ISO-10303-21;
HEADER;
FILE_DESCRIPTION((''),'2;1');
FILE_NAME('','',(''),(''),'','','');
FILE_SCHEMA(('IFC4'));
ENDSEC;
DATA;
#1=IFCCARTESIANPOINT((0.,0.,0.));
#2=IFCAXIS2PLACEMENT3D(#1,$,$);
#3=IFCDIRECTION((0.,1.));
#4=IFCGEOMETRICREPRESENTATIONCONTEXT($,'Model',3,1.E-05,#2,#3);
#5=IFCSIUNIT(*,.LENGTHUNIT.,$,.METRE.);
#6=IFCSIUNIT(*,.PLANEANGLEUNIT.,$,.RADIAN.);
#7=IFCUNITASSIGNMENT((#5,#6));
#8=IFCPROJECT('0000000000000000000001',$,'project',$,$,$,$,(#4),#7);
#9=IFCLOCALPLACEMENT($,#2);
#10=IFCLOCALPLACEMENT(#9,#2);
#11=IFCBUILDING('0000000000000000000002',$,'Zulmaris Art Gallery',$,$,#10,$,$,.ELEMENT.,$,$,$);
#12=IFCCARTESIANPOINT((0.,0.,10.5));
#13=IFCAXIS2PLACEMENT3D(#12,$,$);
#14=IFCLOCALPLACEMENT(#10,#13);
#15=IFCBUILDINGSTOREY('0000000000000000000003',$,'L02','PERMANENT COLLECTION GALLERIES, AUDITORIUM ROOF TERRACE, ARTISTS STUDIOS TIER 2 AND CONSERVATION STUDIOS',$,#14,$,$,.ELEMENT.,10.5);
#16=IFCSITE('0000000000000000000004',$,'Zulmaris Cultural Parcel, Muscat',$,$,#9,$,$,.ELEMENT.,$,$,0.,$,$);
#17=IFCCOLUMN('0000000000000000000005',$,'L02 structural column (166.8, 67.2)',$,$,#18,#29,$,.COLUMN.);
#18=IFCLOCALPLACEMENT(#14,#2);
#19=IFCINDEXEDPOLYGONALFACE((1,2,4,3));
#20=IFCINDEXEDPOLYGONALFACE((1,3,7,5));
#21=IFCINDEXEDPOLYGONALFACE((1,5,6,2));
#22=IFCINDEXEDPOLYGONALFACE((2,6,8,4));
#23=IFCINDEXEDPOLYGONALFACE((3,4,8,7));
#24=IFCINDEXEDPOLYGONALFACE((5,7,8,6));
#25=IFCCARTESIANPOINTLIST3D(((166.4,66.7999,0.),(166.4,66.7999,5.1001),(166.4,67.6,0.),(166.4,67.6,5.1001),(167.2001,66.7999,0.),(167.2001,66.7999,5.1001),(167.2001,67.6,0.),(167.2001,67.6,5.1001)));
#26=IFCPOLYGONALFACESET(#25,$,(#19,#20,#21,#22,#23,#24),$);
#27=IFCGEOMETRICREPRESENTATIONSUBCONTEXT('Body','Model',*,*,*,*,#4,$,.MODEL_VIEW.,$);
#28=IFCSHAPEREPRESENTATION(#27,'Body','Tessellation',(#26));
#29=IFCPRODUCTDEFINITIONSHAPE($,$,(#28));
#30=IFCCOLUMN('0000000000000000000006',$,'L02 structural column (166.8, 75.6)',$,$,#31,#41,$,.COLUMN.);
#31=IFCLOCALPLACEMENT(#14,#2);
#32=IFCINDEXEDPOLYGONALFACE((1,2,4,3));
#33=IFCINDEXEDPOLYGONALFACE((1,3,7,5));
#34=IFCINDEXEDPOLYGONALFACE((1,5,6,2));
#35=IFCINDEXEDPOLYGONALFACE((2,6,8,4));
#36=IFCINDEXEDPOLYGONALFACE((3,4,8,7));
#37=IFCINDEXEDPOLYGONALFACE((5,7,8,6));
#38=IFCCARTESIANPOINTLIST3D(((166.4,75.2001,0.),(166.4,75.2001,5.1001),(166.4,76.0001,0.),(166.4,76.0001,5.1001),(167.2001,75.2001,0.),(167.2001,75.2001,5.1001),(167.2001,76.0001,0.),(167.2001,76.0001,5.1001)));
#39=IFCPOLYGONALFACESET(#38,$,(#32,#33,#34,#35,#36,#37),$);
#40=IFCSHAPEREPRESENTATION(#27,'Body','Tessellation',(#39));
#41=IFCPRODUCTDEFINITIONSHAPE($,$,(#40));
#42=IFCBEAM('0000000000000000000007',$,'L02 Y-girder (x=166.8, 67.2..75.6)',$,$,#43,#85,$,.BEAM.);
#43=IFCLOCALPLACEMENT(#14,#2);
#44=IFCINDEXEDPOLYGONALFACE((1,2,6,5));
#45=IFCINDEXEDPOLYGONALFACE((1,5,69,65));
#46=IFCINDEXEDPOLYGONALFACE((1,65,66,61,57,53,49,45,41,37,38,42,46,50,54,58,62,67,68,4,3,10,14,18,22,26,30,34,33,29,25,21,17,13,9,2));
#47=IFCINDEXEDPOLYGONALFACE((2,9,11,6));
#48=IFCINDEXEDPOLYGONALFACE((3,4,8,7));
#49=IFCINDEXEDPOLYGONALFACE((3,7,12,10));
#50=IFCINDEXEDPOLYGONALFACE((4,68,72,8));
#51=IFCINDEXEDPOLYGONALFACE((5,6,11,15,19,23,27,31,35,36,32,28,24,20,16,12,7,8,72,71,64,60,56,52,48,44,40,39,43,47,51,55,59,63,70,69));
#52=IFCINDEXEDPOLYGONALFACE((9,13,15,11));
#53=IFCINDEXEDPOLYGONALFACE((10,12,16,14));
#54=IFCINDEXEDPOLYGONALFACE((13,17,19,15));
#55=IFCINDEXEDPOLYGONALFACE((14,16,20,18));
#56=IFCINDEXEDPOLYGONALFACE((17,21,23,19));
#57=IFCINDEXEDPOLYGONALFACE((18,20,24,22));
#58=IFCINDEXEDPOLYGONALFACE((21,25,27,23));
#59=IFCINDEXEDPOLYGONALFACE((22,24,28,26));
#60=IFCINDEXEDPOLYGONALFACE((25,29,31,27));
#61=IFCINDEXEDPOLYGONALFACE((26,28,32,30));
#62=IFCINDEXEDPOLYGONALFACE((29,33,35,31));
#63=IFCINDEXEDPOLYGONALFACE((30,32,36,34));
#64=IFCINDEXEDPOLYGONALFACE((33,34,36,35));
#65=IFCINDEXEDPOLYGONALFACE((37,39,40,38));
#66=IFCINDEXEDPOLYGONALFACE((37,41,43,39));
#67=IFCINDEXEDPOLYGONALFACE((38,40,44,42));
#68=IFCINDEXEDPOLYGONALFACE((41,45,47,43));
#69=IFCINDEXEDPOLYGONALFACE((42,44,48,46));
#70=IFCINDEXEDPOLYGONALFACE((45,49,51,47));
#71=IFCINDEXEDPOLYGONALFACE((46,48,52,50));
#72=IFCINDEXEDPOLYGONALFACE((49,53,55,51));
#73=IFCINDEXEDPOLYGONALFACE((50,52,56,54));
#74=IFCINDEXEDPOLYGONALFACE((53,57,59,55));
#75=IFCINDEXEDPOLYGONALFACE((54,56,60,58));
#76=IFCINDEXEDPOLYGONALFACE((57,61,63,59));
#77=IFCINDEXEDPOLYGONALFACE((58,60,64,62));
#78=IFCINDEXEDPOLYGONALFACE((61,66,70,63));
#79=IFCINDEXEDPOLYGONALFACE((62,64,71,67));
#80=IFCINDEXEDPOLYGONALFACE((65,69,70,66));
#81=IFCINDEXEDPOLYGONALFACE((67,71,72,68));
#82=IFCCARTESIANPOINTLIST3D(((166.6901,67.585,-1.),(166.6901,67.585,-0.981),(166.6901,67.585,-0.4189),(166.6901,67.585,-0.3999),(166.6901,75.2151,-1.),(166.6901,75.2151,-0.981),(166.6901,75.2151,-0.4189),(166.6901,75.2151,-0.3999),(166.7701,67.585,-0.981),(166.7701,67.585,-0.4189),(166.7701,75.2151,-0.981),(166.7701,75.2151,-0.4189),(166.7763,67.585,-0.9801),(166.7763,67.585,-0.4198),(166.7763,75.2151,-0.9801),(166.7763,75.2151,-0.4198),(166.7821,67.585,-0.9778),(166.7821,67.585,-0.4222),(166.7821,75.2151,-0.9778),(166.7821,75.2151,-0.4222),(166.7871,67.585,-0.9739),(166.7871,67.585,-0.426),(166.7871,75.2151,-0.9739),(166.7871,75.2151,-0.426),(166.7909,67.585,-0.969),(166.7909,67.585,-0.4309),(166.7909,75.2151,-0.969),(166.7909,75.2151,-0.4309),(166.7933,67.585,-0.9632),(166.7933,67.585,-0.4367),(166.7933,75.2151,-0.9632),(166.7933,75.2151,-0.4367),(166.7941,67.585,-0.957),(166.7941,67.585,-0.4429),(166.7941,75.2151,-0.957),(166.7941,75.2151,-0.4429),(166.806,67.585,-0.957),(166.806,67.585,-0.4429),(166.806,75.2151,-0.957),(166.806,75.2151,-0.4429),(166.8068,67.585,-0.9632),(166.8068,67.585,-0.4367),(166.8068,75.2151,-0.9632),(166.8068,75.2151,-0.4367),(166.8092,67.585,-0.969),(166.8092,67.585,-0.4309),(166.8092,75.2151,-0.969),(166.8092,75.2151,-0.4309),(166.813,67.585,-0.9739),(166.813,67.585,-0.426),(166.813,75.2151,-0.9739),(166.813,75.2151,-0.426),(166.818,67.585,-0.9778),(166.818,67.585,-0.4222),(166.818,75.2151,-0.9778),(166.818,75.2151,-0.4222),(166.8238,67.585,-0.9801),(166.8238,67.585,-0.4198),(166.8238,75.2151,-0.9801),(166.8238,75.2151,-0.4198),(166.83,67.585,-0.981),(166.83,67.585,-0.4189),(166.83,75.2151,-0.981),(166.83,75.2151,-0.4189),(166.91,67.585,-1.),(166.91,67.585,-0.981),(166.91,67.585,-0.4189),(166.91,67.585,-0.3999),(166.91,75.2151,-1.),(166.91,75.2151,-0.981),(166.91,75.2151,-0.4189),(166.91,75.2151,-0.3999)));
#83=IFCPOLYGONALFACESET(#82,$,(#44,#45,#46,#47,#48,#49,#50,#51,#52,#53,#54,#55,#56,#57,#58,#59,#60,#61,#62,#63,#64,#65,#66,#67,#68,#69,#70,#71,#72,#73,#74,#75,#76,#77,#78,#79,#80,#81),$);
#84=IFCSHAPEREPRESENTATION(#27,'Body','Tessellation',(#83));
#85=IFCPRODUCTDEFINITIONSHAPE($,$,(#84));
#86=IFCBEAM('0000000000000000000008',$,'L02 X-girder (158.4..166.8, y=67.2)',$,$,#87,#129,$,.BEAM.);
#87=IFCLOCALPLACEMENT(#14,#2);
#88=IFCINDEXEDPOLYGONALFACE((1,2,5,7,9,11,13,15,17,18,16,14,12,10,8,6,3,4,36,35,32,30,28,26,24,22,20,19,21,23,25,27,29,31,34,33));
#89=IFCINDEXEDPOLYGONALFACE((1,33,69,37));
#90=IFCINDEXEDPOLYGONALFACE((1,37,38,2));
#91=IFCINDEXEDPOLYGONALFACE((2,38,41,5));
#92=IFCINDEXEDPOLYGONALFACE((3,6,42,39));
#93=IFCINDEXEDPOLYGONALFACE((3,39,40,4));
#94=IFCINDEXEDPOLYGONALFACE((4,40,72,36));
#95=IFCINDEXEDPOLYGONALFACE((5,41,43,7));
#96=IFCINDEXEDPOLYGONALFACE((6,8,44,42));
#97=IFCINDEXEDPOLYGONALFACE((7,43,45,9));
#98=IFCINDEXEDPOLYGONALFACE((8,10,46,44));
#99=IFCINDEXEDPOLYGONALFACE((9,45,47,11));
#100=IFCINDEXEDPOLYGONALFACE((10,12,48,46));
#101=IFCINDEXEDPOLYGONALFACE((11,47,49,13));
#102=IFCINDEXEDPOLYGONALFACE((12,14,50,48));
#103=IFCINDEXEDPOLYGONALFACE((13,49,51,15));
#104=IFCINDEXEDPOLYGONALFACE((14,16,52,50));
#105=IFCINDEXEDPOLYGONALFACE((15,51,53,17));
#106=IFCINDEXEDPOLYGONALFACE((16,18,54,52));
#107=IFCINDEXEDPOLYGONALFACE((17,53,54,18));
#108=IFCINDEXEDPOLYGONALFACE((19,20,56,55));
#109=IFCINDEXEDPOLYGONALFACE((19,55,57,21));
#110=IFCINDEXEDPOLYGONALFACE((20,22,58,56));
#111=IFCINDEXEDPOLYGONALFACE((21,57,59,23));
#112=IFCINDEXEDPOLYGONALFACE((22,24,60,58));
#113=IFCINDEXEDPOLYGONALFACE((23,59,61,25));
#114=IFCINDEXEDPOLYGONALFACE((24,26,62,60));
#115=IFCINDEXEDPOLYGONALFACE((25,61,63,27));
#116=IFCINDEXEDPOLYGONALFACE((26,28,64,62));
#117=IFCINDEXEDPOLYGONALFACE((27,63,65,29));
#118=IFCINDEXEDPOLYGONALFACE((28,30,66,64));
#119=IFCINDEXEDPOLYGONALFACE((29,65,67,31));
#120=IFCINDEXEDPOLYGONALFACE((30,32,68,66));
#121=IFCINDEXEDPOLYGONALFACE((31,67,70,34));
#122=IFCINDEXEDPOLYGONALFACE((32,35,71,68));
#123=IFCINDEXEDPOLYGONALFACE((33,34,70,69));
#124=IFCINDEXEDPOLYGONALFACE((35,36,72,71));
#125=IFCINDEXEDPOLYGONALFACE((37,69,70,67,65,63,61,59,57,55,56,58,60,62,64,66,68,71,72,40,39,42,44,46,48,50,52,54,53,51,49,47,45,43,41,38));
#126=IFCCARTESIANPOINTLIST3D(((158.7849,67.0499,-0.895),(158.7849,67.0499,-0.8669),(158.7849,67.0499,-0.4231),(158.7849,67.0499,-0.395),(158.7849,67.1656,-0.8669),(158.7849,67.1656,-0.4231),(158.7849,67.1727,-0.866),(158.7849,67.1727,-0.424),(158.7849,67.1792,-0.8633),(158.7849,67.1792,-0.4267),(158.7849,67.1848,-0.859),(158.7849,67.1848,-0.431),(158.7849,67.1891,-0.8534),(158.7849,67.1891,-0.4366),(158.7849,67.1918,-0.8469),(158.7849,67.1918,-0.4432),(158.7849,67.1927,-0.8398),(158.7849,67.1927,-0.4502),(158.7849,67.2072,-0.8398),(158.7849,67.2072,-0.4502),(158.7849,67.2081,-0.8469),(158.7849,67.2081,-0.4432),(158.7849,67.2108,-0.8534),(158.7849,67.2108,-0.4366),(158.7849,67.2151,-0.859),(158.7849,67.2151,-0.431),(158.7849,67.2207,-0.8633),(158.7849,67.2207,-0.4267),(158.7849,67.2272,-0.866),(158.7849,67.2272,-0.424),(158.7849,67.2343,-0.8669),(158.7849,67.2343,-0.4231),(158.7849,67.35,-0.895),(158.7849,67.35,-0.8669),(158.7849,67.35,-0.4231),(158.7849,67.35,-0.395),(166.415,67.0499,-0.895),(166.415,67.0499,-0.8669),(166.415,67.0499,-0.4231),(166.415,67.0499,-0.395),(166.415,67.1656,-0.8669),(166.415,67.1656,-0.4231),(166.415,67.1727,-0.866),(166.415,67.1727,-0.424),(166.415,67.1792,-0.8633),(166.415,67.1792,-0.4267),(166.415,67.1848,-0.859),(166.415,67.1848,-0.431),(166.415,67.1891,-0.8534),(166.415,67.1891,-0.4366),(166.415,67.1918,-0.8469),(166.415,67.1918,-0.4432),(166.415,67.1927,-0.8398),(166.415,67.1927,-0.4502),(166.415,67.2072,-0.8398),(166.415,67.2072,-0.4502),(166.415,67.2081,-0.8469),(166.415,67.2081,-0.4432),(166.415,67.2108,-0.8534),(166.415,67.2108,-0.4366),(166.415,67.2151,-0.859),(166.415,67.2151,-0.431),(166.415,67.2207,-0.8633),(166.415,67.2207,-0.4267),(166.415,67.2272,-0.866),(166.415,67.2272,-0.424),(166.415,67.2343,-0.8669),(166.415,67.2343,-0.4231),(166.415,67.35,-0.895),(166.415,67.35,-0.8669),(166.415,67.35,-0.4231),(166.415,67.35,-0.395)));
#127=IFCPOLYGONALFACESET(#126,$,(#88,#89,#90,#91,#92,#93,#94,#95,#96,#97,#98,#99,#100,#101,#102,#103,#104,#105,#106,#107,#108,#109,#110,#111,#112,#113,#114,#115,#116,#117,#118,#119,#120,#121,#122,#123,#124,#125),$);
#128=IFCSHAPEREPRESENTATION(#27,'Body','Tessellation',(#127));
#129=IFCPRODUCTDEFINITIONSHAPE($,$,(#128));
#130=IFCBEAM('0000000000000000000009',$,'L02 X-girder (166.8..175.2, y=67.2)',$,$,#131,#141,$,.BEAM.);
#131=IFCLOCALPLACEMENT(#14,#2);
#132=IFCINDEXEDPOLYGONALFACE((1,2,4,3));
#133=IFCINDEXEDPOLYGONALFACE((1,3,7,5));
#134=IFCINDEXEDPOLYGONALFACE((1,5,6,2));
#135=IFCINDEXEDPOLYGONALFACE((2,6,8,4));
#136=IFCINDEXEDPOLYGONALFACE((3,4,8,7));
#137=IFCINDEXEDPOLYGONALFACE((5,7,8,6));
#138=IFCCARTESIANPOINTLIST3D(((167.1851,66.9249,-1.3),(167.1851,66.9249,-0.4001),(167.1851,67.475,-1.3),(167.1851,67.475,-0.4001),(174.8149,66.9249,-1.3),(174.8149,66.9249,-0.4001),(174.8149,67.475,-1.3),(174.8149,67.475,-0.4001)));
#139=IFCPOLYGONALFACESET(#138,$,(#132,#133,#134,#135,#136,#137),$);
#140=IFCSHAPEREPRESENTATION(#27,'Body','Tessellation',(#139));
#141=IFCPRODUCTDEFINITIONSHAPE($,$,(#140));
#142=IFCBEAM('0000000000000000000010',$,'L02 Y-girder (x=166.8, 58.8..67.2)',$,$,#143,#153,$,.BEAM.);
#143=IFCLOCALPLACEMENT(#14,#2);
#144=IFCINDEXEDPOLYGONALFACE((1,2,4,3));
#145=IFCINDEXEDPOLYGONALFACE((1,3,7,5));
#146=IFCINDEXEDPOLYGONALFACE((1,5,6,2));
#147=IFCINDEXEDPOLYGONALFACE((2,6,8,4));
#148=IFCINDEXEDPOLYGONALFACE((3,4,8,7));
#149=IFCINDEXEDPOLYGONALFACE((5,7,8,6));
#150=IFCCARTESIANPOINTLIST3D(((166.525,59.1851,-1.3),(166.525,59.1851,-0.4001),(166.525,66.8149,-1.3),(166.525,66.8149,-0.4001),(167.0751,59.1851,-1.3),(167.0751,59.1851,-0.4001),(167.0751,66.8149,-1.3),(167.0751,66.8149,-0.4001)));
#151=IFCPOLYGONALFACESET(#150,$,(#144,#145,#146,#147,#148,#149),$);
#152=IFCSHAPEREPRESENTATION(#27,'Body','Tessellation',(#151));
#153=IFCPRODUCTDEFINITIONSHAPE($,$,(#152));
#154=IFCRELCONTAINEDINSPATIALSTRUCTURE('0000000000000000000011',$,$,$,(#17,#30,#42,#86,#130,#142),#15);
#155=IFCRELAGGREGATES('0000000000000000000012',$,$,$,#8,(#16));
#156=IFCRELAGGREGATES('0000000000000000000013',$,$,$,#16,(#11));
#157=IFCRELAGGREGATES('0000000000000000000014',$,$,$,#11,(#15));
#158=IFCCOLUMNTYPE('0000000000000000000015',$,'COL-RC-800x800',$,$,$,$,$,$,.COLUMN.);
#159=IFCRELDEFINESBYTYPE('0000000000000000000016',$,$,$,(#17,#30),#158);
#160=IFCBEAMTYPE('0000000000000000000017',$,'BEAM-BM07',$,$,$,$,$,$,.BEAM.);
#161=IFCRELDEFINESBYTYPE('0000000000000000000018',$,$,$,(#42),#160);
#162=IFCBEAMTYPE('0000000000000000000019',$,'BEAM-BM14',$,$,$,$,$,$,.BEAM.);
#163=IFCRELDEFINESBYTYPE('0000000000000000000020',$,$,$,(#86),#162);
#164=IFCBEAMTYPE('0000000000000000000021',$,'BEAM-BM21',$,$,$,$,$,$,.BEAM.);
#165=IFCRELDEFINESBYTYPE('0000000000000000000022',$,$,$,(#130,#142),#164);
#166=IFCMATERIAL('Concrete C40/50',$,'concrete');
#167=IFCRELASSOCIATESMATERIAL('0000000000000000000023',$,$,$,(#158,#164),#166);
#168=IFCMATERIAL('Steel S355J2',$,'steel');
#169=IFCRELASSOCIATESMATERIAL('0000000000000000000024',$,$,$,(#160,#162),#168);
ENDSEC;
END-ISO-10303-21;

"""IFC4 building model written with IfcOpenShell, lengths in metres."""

from ifc_helpers import new_model, si_unit, direction, frame, origin, origin_2d, place, context, subcontext, project, spatial, rectangle, i_section, extrude, material, material_profile, profile_set, type_object, element, save


model = new_model("IFC4")

# Units and contexts
model_context = context("Model", 3, precision=1e-05, world=origin(), true_north=direction((0.0, 1.0)))
body_context = subcontext(model_context, "Body", "Model", "MODEL_VIEW")
ifc_project = project(units=[si_unit("LENGTHUNIT", "METRE"), si_unit("PLANEANGLEUNIT", "RADIAN")], contexts=[model_context])

# Site, building, storey
site_placement = place(None, origin())
site = spatial("IfcSite", under=ifc_project, at=site_placement, Name="Zulmaris Cultural Parcel, Muscat", CompositionType="ELEMENT", RefElevation=0.0)
building_placement = place(site_placement, origin())
building = spatial("IfcBuilding", under=site, at=building_placement, Name="Zulmaris Art Gallery", CompositionType="ELEMENT")
storey_placement = place(building_placement, frame((0.0, 0.0, 10.5)))
storey = spatial("IfcBuildingStorey", under=building, at=storey_placement, Name="L02", Description="PERMANENT COLLECTION GALLERIES, AUDITORIUM ROOF TERRACE, ARTISTS STUDIOS TIER 2 AND CONSERVATION STUDIOS", CompositionType="ELEMENT", Elevation=10.5)

# Columns
ifc_material_1 = material(Name="Concrete C40/50", Category="concrete")
ifc_material_profile_1 = material_profile(ifc_material_1, rectangle(XDim=0.8, YDim=0.8, at=origin_2d()), Name="RC 800x800")
ifc_profile_set_1 = profile_set([ifc_material_profile_1], Name="Concrete C40/50")
column_type = type_object("IfcColumnType", Name="COL-RC-800x800", PredefinedType="COLUMN", material=ifc_profile_set_1)
for number, where, z_axis, x_axis, name in (
    (1, (166.8, 67.2, 0.0), (0.0, 0.0, 1.0), (1.0, 0.0, 0.0), "L02 structural column (166.8, 67.2)"),
    (2, (166.8, 75.6001, 0.0), (0.0, 0.0, 1.0), (1.0, 0.0, 0.0), "L02 structural column (166.8, 75.6)"),
):
    element("IfcColumn", number, at=place(storey_placement, frame(where, z_axis=z_axis, x_axis=x_axis)), inside=storey, type_object=column_type, Name=name, PredefinedType="COLUMN", context=body_context, shape_type="SweptSolid", body=[
        extrude(rectangle(XDim=0.8, YDim=0.8, at=origin_2d()), origin(), (0.0, 0.0, 1.0), 5.1001),
    ])

# Beams
ifc_material_2 = material(Name="Steel S355J2", Category="steel")
ifc_material_profile_2 = material_profile(ifc_material_2, i_section(OverallWidth=0.22, OverallDepth=0.6001, WebThickness=0.012, FlangeThickness=0.019, FilletRadius=0.0239, at=origin_2d()), Name="IPE 600")
ifc_profile_set_2 = profile_set([ifc_material_profile_2], Name="Steel S355J2")
beam_type_1 = type_object("IfcBeamType", Name="BEAM-BM07", PredefinedType="BEAM", material=ifc_profile_set_2)
beam_1_placement = place(storey_placement, frame((166.8, 67.585, -0.7), z_axis=(0.0, 1.0, 0.0), x_axis=(-1.0, 0.0, 0.0)))
element("IfcBeam", 3, at=beam_1_placement, inside=storey, type_object=beam_type_1, Name="L02 Y-girder (x=166.8, 67.2..75.6)", PredefinedType="BEAM", context=body_context, shape_type="SweptSolid", body=[
    extrude(i_section(OverallWidth=0.22, OverallDepth=0.6001, WebThickness=0.012, FlangeThickness=0.019, FilletRadius=0.0239, at=origin_2d()), origin(), (0.0, 0.0, 1.0), 7.6301),
])
ifc_material_profile_3 = material_profile(ifc_material_2, i_section(OverallWidth=0.3, OverallDepth=0.5, WebThickness=0.0144, FlangeThickness=0.0281, FilletRadius=0.0271, at=origin_2d()), Name="HEB 500")
ifc_profile_set_3 = profile_set([ifc_material_profile_3], Name="Steel S355J2")
beam_type_2 = type_object("IfcBeamType", Name="BEAM-BM14", PredefinedType="BEAM", material=ifc_profile_set_3)
beam_2_placement = place(storey_placement, frame((158.7849, 67.2, -0.645), z_axis=(1.0, 0.0, 0.0), x_axis=(0.0, 1.0, 0.0)))
element("IfcBeam", 4, at=beam_2_placement, inside=storey, type_object=beam_type_2, Name="L02 X-girder (158.4..166.8, y=67.2)", PredefinedType="BEAM", context=body_context, shape_type="SweptSolid", body=[
    extrude(i_section(OverallWidth=0.3, OverallDepth=0.5, WebThickness=0.0144, FlangeThickness=0.0281, FilletRadius=0.0271, at=origin_2d()), origin(), (0.0, 0.0, 1.0), 7.6301),
])
ifc_material_profile_4 = material_profile(ifc_material_1, rectangle(XDim=0.55, YDim=0.8999, at=origin_2d()), Name="RC 550x900")
ifc_profile_set_4 = profile_set([ifc_material_profile_4], Name="Concrete C40/50")
beam_type_3 = type_object("IfcBeamType", Name="BEAM-BM21", PredefinedType="BEAM", material=ifc_profile_set_4)
for number, where, z_axis, x_axis, name in (
    (5, (167.1851, 67.2, -0.8501), (1.0, 0.0, 0.0), (0.0, 1.0, 0.0), "L02 X-girder (166.8..175.2, y=67.2)"),
    (6, (166.8, 59.1851, -0.8501), (0.0, 1.0, 0.0), (-1.0, 0.0, 0.0), "L02 Y-girder (x=166.8, 58.8..67.2)"),
):
    element("IfcBeam", number, at=place(storey_placement, frame(where, z_axis=z_axis, x_axis=x_axis)), inside=storey, type_object=beam_type_3, Name=name, PredefinedType="BEAM", context=body_context, shape_type="SweptSolid", body=[
        extrude(rectangle(XDim=0.55, YDim=0.8999, at=origin_2d()), origin(), (0.0, 0.0, 1.0), 7.6299),
    ])

save(model, "model.ifc")
